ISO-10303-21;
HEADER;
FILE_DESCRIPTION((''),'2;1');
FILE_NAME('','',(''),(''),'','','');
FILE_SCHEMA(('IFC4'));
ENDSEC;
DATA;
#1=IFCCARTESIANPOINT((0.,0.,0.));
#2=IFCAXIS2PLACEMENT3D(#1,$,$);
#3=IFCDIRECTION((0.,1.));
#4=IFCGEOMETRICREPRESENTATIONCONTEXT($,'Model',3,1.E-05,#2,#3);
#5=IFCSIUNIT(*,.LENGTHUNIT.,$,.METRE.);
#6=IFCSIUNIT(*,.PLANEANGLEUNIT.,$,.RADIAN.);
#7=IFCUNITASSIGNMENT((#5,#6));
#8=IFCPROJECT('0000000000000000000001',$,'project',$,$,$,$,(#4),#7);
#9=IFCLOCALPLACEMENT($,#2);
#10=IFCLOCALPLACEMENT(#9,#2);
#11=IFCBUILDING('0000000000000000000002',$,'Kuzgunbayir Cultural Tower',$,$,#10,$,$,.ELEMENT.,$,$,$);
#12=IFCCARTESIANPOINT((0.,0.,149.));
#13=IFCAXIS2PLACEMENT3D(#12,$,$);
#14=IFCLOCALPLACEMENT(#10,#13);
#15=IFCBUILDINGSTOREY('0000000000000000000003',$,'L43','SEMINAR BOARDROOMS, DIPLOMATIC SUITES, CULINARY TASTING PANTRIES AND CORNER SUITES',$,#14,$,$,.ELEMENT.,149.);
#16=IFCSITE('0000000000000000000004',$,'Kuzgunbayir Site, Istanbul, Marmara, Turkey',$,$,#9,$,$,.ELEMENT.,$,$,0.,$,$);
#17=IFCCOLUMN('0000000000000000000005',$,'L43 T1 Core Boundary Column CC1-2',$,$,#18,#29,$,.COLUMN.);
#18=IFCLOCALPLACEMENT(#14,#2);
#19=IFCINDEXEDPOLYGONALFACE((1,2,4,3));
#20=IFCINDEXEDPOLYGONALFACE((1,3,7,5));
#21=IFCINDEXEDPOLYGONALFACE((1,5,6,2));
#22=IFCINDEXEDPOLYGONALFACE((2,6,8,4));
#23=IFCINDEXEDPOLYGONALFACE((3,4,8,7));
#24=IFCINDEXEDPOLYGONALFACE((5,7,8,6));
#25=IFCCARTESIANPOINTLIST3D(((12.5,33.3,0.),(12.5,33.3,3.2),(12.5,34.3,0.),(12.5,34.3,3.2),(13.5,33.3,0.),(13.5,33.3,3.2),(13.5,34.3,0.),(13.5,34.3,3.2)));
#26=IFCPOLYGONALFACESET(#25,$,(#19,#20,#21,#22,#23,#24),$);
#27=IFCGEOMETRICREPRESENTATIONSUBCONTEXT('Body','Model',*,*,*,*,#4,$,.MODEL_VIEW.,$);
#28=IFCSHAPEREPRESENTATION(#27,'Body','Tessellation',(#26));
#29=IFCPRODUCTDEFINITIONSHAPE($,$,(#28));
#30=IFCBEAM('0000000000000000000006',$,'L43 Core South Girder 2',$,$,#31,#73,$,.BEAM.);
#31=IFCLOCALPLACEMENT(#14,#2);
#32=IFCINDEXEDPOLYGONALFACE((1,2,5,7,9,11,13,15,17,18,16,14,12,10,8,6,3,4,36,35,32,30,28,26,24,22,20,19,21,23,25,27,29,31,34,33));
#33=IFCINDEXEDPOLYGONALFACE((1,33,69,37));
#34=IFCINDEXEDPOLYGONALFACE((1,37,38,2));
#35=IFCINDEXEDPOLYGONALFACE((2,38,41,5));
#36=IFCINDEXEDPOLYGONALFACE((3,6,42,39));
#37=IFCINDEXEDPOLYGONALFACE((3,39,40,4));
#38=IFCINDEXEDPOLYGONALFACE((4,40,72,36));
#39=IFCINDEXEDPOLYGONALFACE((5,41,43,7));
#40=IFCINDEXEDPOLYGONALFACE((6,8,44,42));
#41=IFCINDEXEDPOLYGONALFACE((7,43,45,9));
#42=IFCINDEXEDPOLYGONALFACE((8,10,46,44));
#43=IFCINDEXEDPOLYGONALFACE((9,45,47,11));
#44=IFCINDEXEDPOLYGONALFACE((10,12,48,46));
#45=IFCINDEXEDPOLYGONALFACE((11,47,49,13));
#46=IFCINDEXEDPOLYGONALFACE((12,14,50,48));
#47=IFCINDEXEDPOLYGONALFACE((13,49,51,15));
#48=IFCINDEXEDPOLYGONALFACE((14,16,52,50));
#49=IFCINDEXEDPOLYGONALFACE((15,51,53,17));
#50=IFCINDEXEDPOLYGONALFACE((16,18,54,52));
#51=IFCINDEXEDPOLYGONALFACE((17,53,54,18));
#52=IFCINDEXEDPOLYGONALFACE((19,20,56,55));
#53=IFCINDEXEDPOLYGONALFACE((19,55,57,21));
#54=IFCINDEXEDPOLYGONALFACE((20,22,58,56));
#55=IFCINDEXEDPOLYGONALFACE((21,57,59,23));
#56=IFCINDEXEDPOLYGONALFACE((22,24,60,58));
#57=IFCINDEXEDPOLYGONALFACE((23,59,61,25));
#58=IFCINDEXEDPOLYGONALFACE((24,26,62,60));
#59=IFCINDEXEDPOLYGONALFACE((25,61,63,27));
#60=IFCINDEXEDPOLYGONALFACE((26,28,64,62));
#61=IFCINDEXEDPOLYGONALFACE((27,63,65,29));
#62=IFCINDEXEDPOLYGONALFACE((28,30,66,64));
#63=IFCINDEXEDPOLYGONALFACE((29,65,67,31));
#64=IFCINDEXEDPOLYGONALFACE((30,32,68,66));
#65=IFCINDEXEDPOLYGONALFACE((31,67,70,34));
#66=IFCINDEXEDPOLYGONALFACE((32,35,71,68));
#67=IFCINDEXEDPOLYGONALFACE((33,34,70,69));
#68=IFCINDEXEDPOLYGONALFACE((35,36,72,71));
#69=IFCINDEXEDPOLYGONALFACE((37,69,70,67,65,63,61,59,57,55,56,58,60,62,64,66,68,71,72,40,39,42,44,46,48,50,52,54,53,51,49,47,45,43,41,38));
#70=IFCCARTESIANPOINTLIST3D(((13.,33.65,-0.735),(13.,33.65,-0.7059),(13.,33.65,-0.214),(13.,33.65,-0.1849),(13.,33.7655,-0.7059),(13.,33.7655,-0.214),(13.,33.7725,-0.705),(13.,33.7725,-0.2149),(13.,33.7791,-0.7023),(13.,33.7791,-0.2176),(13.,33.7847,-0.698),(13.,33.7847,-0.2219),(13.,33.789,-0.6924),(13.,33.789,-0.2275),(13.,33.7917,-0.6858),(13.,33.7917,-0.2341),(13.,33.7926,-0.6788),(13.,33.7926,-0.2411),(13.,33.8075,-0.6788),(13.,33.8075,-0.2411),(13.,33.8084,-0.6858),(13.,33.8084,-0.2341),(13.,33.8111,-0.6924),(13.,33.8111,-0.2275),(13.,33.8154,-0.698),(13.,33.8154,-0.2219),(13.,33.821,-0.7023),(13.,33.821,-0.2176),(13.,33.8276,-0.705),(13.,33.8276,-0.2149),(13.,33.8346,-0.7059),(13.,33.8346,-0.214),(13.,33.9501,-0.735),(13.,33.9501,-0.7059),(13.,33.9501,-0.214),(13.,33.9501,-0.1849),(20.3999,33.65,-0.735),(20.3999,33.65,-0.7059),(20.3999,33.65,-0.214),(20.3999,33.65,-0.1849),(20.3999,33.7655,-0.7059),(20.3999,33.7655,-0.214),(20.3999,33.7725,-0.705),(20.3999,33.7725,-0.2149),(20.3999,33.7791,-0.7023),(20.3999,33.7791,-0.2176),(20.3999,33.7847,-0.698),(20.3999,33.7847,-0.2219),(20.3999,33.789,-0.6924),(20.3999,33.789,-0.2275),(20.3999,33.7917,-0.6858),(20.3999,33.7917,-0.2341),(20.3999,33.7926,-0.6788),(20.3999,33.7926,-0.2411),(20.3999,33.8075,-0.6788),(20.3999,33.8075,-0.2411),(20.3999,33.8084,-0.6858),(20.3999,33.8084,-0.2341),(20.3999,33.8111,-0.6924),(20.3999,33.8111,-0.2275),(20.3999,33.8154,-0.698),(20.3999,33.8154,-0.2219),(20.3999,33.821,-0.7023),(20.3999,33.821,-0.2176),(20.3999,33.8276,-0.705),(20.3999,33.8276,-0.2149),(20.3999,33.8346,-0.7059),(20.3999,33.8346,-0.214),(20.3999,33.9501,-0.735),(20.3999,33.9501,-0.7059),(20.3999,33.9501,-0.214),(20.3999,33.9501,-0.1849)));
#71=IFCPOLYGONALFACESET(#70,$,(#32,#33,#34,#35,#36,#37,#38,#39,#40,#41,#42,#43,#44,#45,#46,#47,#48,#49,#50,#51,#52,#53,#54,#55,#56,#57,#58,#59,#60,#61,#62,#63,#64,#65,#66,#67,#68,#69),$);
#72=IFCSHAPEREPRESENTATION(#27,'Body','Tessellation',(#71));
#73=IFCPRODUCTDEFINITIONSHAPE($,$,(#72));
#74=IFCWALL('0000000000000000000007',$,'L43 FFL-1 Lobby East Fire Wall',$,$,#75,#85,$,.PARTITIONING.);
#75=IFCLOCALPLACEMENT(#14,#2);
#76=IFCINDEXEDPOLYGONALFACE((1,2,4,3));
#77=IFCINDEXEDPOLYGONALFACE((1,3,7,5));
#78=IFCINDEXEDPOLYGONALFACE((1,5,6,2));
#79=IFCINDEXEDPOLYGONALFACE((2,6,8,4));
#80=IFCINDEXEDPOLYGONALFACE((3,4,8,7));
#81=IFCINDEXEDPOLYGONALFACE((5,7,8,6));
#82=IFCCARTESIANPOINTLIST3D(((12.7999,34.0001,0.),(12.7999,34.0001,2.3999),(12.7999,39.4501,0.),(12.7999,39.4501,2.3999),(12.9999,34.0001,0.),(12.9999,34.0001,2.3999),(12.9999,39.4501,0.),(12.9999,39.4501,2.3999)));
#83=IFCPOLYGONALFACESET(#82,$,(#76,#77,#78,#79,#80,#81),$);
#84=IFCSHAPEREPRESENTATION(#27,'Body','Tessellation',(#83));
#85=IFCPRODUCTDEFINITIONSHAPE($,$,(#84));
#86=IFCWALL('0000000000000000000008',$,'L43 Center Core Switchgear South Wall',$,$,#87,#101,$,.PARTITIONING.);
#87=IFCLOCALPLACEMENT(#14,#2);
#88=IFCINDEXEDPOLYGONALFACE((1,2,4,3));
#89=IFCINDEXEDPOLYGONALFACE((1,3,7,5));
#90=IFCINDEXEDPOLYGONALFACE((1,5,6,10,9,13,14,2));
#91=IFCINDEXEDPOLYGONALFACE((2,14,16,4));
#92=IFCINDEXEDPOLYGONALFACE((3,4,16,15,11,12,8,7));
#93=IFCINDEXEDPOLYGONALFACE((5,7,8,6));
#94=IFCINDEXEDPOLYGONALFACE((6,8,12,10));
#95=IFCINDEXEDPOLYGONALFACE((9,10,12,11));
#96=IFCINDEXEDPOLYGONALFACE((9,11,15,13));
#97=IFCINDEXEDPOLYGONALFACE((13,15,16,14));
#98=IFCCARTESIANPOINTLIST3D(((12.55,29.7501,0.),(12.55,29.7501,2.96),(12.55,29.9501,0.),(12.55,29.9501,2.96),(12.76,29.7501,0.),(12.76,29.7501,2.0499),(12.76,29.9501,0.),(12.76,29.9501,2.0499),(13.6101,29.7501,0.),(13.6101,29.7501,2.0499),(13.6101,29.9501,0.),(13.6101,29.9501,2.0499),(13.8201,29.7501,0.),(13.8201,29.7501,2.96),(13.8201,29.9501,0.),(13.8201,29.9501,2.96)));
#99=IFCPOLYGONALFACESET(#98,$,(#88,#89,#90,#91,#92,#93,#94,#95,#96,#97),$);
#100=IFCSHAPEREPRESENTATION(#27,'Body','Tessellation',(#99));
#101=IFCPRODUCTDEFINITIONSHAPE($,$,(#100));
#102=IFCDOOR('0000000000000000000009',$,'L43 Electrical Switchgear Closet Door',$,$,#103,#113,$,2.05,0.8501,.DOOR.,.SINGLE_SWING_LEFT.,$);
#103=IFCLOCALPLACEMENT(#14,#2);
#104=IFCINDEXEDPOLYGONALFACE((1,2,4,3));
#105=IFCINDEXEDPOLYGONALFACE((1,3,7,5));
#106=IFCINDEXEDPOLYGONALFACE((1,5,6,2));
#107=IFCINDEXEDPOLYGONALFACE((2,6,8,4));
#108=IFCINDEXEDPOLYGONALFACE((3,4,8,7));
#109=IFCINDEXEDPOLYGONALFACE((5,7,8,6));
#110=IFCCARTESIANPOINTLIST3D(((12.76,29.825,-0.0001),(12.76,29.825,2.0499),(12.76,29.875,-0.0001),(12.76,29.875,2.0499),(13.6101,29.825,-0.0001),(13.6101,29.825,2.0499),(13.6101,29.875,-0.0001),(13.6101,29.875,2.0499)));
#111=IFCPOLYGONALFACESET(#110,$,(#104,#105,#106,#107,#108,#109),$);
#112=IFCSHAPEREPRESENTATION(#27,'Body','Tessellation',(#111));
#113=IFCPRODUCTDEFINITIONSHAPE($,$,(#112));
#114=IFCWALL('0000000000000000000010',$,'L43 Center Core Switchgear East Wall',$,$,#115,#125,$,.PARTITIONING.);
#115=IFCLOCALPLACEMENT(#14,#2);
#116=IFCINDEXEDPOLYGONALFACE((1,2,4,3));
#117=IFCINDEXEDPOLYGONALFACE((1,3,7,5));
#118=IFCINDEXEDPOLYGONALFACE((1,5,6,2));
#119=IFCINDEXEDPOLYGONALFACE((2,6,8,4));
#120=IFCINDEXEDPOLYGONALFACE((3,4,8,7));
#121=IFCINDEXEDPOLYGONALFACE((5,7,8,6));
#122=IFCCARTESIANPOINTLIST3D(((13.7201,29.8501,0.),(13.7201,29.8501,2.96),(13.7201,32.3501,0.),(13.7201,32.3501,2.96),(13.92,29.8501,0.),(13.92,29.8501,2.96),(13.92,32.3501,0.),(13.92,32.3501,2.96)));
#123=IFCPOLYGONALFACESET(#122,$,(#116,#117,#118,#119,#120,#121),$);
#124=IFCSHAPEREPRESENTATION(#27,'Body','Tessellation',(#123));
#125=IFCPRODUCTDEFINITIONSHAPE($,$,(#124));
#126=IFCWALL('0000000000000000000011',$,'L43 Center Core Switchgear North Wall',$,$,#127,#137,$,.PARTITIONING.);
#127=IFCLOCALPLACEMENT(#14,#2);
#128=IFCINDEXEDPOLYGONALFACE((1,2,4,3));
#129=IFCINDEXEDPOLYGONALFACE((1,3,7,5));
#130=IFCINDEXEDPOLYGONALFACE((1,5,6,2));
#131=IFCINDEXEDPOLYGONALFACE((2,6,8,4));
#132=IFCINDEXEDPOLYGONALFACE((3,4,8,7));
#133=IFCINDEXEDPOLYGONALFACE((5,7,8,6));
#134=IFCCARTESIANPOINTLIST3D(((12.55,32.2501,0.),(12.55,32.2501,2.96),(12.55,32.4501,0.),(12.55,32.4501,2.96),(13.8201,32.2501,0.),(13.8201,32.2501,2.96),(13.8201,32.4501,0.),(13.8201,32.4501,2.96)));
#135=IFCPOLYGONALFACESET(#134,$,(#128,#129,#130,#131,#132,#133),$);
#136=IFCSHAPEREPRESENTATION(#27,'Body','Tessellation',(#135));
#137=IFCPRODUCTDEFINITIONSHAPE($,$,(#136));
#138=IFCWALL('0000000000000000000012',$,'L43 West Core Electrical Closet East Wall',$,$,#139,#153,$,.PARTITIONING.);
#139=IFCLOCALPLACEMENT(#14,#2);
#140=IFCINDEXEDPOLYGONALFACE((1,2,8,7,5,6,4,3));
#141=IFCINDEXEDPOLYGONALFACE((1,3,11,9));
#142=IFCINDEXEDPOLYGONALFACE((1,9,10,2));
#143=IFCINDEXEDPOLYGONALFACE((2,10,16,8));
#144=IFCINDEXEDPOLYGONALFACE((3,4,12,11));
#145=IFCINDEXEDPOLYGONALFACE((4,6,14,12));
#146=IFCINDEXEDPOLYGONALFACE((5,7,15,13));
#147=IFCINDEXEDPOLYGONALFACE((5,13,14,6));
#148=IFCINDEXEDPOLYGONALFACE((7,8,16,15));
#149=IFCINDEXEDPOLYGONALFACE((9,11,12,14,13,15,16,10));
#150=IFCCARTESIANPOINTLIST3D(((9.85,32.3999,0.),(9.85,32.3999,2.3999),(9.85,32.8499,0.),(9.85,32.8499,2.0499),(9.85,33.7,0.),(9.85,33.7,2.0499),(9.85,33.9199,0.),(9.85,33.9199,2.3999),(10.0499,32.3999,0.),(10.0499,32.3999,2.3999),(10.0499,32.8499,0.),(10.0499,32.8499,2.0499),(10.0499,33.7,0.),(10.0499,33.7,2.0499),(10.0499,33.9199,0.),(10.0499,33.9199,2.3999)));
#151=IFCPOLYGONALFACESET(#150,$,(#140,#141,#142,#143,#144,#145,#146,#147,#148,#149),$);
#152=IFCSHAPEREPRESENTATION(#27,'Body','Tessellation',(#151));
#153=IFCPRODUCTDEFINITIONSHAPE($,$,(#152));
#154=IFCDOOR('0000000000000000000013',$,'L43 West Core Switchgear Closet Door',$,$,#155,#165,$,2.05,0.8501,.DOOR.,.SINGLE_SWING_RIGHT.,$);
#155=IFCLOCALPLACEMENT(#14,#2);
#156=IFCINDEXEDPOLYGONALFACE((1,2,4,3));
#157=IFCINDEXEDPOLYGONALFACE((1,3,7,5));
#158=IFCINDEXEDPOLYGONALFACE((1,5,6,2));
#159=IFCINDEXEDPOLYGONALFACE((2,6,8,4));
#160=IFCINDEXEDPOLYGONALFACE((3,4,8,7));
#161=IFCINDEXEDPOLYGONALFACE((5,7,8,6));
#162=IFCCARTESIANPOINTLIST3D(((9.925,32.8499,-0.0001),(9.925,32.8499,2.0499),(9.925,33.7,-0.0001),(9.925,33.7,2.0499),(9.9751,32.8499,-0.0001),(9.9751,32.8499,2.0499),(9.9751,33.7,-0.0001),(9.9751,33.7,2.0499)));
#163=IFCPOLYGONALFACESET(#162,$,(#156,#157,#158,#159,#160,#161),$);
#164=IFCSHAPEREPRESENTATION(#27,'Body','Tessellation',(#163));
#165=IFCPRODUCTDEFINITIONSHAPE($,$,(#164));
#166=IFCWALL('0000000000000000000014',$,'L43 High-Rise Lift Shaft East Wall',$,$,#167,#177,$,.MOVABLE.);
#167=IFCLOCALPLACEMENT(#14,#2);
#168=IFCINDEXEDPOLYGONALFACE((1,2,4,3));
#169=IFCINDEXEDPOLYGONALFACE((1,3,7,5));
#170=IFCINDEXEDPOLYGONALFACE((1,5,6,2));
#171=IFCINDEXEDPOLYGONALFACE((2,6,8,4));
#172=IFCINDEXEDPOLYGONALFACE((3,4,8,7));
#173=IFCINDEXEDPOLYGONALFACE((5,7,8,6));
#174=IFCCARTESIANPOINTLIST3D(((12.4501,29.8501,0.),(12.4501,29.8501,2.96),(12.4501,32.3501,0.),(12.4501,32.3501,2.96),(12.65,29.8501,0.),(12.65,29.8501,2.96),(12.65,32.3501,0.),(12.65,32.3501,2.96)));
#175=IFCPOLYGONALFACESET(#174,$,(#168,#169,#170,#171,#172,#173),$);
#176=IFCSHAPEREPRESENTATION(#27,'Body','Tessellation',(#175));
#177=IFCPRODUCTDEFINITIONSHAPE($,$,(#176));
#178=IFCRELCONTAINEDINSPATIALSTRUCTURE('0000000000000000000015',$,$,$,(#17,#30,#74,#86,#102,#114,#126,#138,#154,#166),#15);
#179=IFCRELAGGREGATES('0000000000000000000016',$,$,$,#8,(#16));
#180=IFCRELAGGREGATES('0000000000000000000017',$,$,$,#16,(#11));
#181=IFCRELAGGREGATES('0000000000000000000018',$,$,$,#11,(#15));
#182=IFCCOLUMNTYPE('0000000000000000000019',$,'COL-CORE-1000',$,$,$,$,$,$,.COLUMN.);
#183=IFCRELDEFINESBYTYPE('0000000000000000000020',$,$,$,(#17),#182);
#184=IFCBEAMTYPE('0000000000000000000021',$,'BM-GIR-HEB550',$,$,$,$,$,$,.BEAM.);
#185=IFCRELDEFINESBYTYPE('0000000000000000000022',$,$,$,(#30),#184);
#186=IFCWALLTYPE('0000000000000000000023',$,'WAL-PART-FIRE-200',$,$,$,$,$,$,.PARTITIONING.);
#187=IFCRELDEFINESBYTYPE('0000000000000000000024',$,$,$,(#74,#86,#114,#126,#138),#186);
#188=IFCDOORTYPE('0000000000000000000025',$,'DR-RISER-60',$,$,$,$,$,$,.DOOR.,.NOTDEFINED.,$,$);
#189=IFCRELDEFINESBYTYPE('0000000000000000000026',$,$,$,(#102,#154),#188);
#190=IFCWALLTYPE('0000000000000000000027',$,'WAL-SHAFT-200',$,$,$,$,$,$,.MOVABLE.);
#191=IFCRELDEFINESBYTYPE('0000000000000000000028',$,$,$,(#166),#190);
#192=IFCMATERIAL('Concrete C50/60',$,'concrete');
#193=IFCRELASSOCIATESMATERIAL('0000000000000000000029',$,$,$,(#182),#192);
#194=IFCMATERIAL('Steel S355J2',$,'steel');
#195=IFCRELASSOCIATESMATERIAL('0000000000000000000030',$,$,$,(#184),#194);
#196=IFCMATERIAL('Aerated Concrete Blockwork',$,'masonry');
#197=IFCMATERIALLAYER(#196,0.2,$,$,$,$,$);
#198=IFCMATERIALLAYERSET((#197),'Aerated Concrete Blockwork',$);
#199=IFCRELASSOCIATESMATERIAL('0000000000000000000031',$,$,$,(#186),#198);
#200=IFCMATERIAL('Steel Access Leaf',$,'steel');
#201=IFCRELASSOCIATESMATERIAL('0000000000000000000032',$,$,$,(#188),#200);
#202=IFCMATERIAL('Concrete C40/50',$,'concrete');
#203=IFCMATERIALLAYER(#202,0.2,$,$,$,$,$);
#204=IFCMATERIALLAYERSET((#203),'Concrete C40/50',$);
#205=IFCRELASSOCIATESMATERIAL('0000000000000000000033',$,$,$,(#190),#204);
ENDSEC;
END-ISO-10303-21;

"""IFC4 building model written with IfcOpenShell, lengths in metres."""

from ifc_helpers import new_model, si_unit, direction, frame, frame_2d, origin, origin_2d, place, context, subcontext, project, spatial, rectangle, i_section, extrude, material, layer, layer_set, material_profile, profile_set, type_object, element, fill, save


model = new_model("IFC4")

# Units and contexts
model_context = context("Model", 3, precision=1e-05, world=origin(), true_north=direction((0.0, 1.0)))
body_context = subcontext(model_context, "Body", "Model", "MODEL_VIEW")
ifc_project = project(units=[si_unit("LENGTHUNIT", "METRE"), si_unit("PLANEANGLEUNIT", "RADIAN")], contexts=[model_context])

# Site, building, storey
site_placement = place(None, origin())
site = spatial("IfcSite", under=ifc_project, at=site_placement, Name="Kuzgunbayir Site, Istanbul, Marmara, Turkey", CompositionType="ELEMENT", RefElevation=0.0)
building_placement = place(site_placement, origin())
building = spatial("IfcBuilding", under=site, at=building_placement, Name="Kuzgunbayir Cultural Tower", CompositionType="ELEMENT")
storey_placement = place(building_placement, frame((0.0, 0.0, 149.0)))
storey = spatial("IfcBuildingStorey", under=building, at=storey_placement, Name="L43", Description="SEMINAR BOARDROOMS, DIPLOMATIC SUITES, CULINARY TASTING PANTRIES AND CORNER SUITES", CompositionType="ELEMENT", Elevation=149.0)

# Column
ifc_material_1 = material(Name="Concrete C50/60", Category="concrete")
ifc_material_profile_1 = material_profile(ifc_material_1, rectangle(XDim=1.0, YDim=1.0, at=origin_2d()), Name="RC 1000x1000")
ifc_profile_set_1 = profile_set([ifc_material_profile_1], Name="Concrete C50/60")
column_type = type_object("IfcColumnType", Name="COL-CORE-1000", PredefinedType="COLUMN", material=ifc_profile_set_1)
column_placement = place(storey_placement, frame((13.0, 33.8, 0.0), z_axis=(0.0, 0.0, 1.0), x_axis=(1.0, 0.0, 0.0)))
element("IfcColumn", 1, at=column_placement, inside=storey, type_object=column_type, Name="L43 T1 Core Boundary Column CC1-2", PredefinedType="COLUMN", context=body_context, shape_type="SweptSolid", body=[
    extrude(rectangle(XDim=1.0, YDim=1.0, at=origin_2d()), origin(), (0.0, 0.0, 1.0), 3.2),
])

# Beam
ifc_material_2 = material(Name="Steel S355J2", Category="steel")
ifc_material_profile_2 = material_profile(ifc_material_2, i_section(OverallWidth=0.3, OverallDepth=0.55, WebThickness=0.0149, FlangeThickness=0.0291, FilletRadius=0.0271, at=origin_2d()), Name="HEB 550")
ifc_profile_set_2 = profile_set([ifc_material_profile_2], Name="Steel S355J2")
beam_type = type_object("IfcBeamType", Name="BM-GIR-HEB550", PredefinedType="BEAM", material=ifc_profile_set_2)
beam_placement = place(storey_placement, frame((13.0, 33.8, -0.46), z_axis=(1.0, 0.0, 0.0), x_axis=(0.0, 1.0, 0.0)))
element("IfcBeam", 2, at=beam_placement, inside=storey, type_object=beam_type, Name="L43 Core South Girder 2", PredefinedType="BEAM", context=body_context, shape_type="SweptSolid", body=[
    extrude(i_section(OverallWidth=0.3, OverallDepth=0.55, WebThickness=0.0149, FlangeThickness=0.0291, FilletRadius=0.0271, at=origin_2d()), origin(), (0.0, 0.0, 1.0), 7.3999),
])

# Wall
ifc_material_3 = material(Name="Aerated Concrete Blockwork", Category="masonry")
ifc_layer_1 = layer(ifc_material_3, 0.2)
ifc_layer_set_1 = layer_set([ifc_layer_1], Name="Aerated Concrete Blockwork")
wall_type_1 = type_object("IfcWallType", Name="WAL-PART-FIRE-200", PredefinedType="PARTITIONING", material=ifc_layer_set_1)
wall_1_placement = place(storey_placement, frame((12.8999, 34.0, 0.0), z_axis=(0.0, 0.0, 1.0), x_axis=(0.0, 1.0, 0.0)))
element("IfcWall", 3, at=wall_1_placement, inside=storey, type_object=wall_type_1, Name="L43 FFL-1 Lobby East Fire Wall", PredefinedType="PARTITIONING", context=body_context, shape_type="SweptSolid", body=[
    extrude(rectangle(XDim=5.45, YDim=0.2, at=frame_2d((2.7251, 0.0))), origin(), (0.0, 0.0, 1.0), 2.3999),
])

# Wall, opening, door
wall_2_placement = place(storey_placement, frame((12.55, 29.8501, 0.0), z_axis=(0.0, 0.0, 1.0), x_axis=(1.0, 0.0, 0.0)))
wall_2 = element("IfcWall", 4, at=wall_2_placement, inside=storey, type_object=wall_type_1, Name="L43 Center Core Switchgear South Wall", PredefinedType="PARTITIONING", context=body_context, shape_type="SweptSolid", body=[
    extrude(rectangle(XDim=1.27, YDim=0.2, at=frame_2d((0.635, 0.0))), origin(), (0.0, 0.0, 1.0), 2.96),
])
opening_1_placement = place(wall_2_placement, frame((0.21, 0.0, 0.0)))
opening_1 = element("IfcOpeningElement", 5, at=opening_1_placement, cuts=wall_2, PredefinedType="OPENING", context=body_context, shape_type="SweptSolid", body=[
    extrude(rectangle(XDim=0.8501, YDim=2.05, at=frame_2d((0.425, 1.0249))), frame((0.0, 0.1099, 0.0), z_axis=(0.0, -1.0, 0.0), x_axis=(1.0, 0.0, 0.0)), (0.0, 0.0, 1.0), 0.22),
])
ifc_material_4 = material(Name="Steel Access Leaf", Category="steel")
door_type_1 = type_object("IfcDoorType", Name="DR-RISER-60", OperationType="NOTDEFINED", PredefinedType="DOOR", material=ifc_material_4)
door_1_placement = place(opening_1_placement, origin())
door_1 = element("IfcDoor", 6, at=door_1_placement, inside=storey, type_object=door_type_1, Name="L43 Electrical Switchgear Closet Door", OperationType="SINGLE_SWING_LEFT", OverallHeight=2.05, OverallWidth=0.8501, PredefinedType="DOOR", context=body_context, shape_type="SweptSolid", body=[
    extrude(rectangle(XDim=0.8501, YDim=2.05, at=frame_2d((0.425, 1.0249))), frame((0.0, 0.0249, 0.0), z_axis=(0.0, -1.0, 0.0), x_axis=(1.0, 0.0, 0.0)), (0.0, 0.0, 1.0), 0.05),
])
fill(opening_1, door_1)

# Walls
wall_3_placement = place(storey_placement, frame((13.8201, 29.8501, 0.0), z_axis=(0.0, 0.0, 1.0), x_axis=(0.0, 1.0, 0.0)))
element("IfcWall", 7, at=wall_3_placement, inside=storey, type_object=wall_type_1, Name="L43 Center Core Switchgear East Wall", PredefinedType="PARTITIONING", context=body_context, shape_type="SweptSolid", body=[
    extrude(rectangle(XDim=2.5, YDim=0.2, at=frame_2d((1.25, 0.0))), origin(), (0.0, 0.0, 1.0), 2.96),
])
wall_4_placement = place(storey_placement, frame((12.55, 32.3501, 0.0), z_axis=(0.0, 0.0, 1.0), x_axis=(1.0, 0.0, 0.0)))
element("IfcWall", 8, at=wall_4_placement, inside=storey, type_object=wall_type_1, Name="L43 Center Core Switchgear North Wall", PredefinedType="PARTITIONING", context=body_context, shape_type="SweptSolid", body=[
    extrude(rectangle(XDim=1.27, YDim=0.2, at=frame_2d((0.635, 0.0))), origin(), (0.0, 0.0, 1.0), 2.96),
])

# Wall, opening, door
wall_5_placement = place(storey_placement, frame((9.95, 32.3999, 0.0), z_axis=(0.0, 0.0, 1.0), x_axis=(0.0, 1.0, 0.0)))
wall_5 = element("IfcWall", 9, at=wall_5_placement, inside=storey, type_object=wall_type_1, Name="L43 West Core Electrical Closet East Wall", PredefinedType="PARTITIONING", context=body_context, shape_type="SweptSolid", body=[
    extrude(rectangle(XDim=1.52, YDim=0.2, at=frame_2d((0.76, 0.0))), origin(), (0.0, 0.0, 1.0), 2.3999),
])
opening_2_placement = place(wall_5_placement, frame((0.45, 0.0, 0.0)))
opening_2 = element("IfcOpeningElement", 10, at=opening_2_placement, cuts=wall_5, PredefinedType="OPENING", context=body_context, shape_type="SweptSolid", body=[
    extrude(rectangle(XDim=0.8501, YDim=2.05, at=frame_2d((0.425, 1.0249))), frame((0.0, 0.1099, 0.0), z_axis=(0.0, -1.0, 0.0), x_axis=(1.0, 0.0, 0.0)), (0.0, 0.0, 1.0), 0.22),
])
door_2_placement = place(opening_2_placement, origin())
door_2 = element("IfcDoor", 11, at=door_2_placement, inside=storey, type_object=door_type_1, Name="L43 West Core Switchgear Closet Door", OperationType="SINGLE_SWING_RIGHT", OverallHeight=2.05, OverallWidth=0.8501, PredefinedType="DOOR", context=body_context, shape_type="SweptSolid", body=[
    extrude(rectangle(XDim=0.8501, YDim=2.05, at=frame_2d((0.425, 1.0249))), frame((0.0, 0.0249, 0.0), z_axis=(0.0, -1.0, 0.0), x_axis=(1.0, 0.0, 0.0)), (0.0, 0.0, 1.0), 0.05),
])
fill(opening_2, door_2)

# Wall
ifc_material_5 = material(Name="Concrete C40/50", Category="concrete")
ifc_layer_2 = layer(ifc_material_5, 0.2)
ifc_layer_set_2 = layer_set([ifc_layer_2], Name="Concrete C40/50")
wall_type_2 = type_object("IfcWallType", Name="WAL-SHAFT-200", PredefinedType="MOVABLE", material=ifc_layer_set_2)
wall_6_placement = place(storey_placement, frame((12.55, 29.8501, 0.0), z_axis=(0.0, 0.0, 1.0), x_axis=(0.0, 1.0, 0.0)))
element("IfcWall", 12, at=wall_6_placement, inside=storey, type_object=wall_type_2, Name="L43 High-Rise Lift Shaft East Wall", PredefinedType="MOVABLE", context=body_context, shape_type="SweptSolid", body=[
    extrude(rectangle(XDim=2.5, YDim=0.2, at=frame_2d((1.25, 0.0))), origin(), (0.0, 0.0, 1.0), 2.96),
])

save(model, "model.ifc")
